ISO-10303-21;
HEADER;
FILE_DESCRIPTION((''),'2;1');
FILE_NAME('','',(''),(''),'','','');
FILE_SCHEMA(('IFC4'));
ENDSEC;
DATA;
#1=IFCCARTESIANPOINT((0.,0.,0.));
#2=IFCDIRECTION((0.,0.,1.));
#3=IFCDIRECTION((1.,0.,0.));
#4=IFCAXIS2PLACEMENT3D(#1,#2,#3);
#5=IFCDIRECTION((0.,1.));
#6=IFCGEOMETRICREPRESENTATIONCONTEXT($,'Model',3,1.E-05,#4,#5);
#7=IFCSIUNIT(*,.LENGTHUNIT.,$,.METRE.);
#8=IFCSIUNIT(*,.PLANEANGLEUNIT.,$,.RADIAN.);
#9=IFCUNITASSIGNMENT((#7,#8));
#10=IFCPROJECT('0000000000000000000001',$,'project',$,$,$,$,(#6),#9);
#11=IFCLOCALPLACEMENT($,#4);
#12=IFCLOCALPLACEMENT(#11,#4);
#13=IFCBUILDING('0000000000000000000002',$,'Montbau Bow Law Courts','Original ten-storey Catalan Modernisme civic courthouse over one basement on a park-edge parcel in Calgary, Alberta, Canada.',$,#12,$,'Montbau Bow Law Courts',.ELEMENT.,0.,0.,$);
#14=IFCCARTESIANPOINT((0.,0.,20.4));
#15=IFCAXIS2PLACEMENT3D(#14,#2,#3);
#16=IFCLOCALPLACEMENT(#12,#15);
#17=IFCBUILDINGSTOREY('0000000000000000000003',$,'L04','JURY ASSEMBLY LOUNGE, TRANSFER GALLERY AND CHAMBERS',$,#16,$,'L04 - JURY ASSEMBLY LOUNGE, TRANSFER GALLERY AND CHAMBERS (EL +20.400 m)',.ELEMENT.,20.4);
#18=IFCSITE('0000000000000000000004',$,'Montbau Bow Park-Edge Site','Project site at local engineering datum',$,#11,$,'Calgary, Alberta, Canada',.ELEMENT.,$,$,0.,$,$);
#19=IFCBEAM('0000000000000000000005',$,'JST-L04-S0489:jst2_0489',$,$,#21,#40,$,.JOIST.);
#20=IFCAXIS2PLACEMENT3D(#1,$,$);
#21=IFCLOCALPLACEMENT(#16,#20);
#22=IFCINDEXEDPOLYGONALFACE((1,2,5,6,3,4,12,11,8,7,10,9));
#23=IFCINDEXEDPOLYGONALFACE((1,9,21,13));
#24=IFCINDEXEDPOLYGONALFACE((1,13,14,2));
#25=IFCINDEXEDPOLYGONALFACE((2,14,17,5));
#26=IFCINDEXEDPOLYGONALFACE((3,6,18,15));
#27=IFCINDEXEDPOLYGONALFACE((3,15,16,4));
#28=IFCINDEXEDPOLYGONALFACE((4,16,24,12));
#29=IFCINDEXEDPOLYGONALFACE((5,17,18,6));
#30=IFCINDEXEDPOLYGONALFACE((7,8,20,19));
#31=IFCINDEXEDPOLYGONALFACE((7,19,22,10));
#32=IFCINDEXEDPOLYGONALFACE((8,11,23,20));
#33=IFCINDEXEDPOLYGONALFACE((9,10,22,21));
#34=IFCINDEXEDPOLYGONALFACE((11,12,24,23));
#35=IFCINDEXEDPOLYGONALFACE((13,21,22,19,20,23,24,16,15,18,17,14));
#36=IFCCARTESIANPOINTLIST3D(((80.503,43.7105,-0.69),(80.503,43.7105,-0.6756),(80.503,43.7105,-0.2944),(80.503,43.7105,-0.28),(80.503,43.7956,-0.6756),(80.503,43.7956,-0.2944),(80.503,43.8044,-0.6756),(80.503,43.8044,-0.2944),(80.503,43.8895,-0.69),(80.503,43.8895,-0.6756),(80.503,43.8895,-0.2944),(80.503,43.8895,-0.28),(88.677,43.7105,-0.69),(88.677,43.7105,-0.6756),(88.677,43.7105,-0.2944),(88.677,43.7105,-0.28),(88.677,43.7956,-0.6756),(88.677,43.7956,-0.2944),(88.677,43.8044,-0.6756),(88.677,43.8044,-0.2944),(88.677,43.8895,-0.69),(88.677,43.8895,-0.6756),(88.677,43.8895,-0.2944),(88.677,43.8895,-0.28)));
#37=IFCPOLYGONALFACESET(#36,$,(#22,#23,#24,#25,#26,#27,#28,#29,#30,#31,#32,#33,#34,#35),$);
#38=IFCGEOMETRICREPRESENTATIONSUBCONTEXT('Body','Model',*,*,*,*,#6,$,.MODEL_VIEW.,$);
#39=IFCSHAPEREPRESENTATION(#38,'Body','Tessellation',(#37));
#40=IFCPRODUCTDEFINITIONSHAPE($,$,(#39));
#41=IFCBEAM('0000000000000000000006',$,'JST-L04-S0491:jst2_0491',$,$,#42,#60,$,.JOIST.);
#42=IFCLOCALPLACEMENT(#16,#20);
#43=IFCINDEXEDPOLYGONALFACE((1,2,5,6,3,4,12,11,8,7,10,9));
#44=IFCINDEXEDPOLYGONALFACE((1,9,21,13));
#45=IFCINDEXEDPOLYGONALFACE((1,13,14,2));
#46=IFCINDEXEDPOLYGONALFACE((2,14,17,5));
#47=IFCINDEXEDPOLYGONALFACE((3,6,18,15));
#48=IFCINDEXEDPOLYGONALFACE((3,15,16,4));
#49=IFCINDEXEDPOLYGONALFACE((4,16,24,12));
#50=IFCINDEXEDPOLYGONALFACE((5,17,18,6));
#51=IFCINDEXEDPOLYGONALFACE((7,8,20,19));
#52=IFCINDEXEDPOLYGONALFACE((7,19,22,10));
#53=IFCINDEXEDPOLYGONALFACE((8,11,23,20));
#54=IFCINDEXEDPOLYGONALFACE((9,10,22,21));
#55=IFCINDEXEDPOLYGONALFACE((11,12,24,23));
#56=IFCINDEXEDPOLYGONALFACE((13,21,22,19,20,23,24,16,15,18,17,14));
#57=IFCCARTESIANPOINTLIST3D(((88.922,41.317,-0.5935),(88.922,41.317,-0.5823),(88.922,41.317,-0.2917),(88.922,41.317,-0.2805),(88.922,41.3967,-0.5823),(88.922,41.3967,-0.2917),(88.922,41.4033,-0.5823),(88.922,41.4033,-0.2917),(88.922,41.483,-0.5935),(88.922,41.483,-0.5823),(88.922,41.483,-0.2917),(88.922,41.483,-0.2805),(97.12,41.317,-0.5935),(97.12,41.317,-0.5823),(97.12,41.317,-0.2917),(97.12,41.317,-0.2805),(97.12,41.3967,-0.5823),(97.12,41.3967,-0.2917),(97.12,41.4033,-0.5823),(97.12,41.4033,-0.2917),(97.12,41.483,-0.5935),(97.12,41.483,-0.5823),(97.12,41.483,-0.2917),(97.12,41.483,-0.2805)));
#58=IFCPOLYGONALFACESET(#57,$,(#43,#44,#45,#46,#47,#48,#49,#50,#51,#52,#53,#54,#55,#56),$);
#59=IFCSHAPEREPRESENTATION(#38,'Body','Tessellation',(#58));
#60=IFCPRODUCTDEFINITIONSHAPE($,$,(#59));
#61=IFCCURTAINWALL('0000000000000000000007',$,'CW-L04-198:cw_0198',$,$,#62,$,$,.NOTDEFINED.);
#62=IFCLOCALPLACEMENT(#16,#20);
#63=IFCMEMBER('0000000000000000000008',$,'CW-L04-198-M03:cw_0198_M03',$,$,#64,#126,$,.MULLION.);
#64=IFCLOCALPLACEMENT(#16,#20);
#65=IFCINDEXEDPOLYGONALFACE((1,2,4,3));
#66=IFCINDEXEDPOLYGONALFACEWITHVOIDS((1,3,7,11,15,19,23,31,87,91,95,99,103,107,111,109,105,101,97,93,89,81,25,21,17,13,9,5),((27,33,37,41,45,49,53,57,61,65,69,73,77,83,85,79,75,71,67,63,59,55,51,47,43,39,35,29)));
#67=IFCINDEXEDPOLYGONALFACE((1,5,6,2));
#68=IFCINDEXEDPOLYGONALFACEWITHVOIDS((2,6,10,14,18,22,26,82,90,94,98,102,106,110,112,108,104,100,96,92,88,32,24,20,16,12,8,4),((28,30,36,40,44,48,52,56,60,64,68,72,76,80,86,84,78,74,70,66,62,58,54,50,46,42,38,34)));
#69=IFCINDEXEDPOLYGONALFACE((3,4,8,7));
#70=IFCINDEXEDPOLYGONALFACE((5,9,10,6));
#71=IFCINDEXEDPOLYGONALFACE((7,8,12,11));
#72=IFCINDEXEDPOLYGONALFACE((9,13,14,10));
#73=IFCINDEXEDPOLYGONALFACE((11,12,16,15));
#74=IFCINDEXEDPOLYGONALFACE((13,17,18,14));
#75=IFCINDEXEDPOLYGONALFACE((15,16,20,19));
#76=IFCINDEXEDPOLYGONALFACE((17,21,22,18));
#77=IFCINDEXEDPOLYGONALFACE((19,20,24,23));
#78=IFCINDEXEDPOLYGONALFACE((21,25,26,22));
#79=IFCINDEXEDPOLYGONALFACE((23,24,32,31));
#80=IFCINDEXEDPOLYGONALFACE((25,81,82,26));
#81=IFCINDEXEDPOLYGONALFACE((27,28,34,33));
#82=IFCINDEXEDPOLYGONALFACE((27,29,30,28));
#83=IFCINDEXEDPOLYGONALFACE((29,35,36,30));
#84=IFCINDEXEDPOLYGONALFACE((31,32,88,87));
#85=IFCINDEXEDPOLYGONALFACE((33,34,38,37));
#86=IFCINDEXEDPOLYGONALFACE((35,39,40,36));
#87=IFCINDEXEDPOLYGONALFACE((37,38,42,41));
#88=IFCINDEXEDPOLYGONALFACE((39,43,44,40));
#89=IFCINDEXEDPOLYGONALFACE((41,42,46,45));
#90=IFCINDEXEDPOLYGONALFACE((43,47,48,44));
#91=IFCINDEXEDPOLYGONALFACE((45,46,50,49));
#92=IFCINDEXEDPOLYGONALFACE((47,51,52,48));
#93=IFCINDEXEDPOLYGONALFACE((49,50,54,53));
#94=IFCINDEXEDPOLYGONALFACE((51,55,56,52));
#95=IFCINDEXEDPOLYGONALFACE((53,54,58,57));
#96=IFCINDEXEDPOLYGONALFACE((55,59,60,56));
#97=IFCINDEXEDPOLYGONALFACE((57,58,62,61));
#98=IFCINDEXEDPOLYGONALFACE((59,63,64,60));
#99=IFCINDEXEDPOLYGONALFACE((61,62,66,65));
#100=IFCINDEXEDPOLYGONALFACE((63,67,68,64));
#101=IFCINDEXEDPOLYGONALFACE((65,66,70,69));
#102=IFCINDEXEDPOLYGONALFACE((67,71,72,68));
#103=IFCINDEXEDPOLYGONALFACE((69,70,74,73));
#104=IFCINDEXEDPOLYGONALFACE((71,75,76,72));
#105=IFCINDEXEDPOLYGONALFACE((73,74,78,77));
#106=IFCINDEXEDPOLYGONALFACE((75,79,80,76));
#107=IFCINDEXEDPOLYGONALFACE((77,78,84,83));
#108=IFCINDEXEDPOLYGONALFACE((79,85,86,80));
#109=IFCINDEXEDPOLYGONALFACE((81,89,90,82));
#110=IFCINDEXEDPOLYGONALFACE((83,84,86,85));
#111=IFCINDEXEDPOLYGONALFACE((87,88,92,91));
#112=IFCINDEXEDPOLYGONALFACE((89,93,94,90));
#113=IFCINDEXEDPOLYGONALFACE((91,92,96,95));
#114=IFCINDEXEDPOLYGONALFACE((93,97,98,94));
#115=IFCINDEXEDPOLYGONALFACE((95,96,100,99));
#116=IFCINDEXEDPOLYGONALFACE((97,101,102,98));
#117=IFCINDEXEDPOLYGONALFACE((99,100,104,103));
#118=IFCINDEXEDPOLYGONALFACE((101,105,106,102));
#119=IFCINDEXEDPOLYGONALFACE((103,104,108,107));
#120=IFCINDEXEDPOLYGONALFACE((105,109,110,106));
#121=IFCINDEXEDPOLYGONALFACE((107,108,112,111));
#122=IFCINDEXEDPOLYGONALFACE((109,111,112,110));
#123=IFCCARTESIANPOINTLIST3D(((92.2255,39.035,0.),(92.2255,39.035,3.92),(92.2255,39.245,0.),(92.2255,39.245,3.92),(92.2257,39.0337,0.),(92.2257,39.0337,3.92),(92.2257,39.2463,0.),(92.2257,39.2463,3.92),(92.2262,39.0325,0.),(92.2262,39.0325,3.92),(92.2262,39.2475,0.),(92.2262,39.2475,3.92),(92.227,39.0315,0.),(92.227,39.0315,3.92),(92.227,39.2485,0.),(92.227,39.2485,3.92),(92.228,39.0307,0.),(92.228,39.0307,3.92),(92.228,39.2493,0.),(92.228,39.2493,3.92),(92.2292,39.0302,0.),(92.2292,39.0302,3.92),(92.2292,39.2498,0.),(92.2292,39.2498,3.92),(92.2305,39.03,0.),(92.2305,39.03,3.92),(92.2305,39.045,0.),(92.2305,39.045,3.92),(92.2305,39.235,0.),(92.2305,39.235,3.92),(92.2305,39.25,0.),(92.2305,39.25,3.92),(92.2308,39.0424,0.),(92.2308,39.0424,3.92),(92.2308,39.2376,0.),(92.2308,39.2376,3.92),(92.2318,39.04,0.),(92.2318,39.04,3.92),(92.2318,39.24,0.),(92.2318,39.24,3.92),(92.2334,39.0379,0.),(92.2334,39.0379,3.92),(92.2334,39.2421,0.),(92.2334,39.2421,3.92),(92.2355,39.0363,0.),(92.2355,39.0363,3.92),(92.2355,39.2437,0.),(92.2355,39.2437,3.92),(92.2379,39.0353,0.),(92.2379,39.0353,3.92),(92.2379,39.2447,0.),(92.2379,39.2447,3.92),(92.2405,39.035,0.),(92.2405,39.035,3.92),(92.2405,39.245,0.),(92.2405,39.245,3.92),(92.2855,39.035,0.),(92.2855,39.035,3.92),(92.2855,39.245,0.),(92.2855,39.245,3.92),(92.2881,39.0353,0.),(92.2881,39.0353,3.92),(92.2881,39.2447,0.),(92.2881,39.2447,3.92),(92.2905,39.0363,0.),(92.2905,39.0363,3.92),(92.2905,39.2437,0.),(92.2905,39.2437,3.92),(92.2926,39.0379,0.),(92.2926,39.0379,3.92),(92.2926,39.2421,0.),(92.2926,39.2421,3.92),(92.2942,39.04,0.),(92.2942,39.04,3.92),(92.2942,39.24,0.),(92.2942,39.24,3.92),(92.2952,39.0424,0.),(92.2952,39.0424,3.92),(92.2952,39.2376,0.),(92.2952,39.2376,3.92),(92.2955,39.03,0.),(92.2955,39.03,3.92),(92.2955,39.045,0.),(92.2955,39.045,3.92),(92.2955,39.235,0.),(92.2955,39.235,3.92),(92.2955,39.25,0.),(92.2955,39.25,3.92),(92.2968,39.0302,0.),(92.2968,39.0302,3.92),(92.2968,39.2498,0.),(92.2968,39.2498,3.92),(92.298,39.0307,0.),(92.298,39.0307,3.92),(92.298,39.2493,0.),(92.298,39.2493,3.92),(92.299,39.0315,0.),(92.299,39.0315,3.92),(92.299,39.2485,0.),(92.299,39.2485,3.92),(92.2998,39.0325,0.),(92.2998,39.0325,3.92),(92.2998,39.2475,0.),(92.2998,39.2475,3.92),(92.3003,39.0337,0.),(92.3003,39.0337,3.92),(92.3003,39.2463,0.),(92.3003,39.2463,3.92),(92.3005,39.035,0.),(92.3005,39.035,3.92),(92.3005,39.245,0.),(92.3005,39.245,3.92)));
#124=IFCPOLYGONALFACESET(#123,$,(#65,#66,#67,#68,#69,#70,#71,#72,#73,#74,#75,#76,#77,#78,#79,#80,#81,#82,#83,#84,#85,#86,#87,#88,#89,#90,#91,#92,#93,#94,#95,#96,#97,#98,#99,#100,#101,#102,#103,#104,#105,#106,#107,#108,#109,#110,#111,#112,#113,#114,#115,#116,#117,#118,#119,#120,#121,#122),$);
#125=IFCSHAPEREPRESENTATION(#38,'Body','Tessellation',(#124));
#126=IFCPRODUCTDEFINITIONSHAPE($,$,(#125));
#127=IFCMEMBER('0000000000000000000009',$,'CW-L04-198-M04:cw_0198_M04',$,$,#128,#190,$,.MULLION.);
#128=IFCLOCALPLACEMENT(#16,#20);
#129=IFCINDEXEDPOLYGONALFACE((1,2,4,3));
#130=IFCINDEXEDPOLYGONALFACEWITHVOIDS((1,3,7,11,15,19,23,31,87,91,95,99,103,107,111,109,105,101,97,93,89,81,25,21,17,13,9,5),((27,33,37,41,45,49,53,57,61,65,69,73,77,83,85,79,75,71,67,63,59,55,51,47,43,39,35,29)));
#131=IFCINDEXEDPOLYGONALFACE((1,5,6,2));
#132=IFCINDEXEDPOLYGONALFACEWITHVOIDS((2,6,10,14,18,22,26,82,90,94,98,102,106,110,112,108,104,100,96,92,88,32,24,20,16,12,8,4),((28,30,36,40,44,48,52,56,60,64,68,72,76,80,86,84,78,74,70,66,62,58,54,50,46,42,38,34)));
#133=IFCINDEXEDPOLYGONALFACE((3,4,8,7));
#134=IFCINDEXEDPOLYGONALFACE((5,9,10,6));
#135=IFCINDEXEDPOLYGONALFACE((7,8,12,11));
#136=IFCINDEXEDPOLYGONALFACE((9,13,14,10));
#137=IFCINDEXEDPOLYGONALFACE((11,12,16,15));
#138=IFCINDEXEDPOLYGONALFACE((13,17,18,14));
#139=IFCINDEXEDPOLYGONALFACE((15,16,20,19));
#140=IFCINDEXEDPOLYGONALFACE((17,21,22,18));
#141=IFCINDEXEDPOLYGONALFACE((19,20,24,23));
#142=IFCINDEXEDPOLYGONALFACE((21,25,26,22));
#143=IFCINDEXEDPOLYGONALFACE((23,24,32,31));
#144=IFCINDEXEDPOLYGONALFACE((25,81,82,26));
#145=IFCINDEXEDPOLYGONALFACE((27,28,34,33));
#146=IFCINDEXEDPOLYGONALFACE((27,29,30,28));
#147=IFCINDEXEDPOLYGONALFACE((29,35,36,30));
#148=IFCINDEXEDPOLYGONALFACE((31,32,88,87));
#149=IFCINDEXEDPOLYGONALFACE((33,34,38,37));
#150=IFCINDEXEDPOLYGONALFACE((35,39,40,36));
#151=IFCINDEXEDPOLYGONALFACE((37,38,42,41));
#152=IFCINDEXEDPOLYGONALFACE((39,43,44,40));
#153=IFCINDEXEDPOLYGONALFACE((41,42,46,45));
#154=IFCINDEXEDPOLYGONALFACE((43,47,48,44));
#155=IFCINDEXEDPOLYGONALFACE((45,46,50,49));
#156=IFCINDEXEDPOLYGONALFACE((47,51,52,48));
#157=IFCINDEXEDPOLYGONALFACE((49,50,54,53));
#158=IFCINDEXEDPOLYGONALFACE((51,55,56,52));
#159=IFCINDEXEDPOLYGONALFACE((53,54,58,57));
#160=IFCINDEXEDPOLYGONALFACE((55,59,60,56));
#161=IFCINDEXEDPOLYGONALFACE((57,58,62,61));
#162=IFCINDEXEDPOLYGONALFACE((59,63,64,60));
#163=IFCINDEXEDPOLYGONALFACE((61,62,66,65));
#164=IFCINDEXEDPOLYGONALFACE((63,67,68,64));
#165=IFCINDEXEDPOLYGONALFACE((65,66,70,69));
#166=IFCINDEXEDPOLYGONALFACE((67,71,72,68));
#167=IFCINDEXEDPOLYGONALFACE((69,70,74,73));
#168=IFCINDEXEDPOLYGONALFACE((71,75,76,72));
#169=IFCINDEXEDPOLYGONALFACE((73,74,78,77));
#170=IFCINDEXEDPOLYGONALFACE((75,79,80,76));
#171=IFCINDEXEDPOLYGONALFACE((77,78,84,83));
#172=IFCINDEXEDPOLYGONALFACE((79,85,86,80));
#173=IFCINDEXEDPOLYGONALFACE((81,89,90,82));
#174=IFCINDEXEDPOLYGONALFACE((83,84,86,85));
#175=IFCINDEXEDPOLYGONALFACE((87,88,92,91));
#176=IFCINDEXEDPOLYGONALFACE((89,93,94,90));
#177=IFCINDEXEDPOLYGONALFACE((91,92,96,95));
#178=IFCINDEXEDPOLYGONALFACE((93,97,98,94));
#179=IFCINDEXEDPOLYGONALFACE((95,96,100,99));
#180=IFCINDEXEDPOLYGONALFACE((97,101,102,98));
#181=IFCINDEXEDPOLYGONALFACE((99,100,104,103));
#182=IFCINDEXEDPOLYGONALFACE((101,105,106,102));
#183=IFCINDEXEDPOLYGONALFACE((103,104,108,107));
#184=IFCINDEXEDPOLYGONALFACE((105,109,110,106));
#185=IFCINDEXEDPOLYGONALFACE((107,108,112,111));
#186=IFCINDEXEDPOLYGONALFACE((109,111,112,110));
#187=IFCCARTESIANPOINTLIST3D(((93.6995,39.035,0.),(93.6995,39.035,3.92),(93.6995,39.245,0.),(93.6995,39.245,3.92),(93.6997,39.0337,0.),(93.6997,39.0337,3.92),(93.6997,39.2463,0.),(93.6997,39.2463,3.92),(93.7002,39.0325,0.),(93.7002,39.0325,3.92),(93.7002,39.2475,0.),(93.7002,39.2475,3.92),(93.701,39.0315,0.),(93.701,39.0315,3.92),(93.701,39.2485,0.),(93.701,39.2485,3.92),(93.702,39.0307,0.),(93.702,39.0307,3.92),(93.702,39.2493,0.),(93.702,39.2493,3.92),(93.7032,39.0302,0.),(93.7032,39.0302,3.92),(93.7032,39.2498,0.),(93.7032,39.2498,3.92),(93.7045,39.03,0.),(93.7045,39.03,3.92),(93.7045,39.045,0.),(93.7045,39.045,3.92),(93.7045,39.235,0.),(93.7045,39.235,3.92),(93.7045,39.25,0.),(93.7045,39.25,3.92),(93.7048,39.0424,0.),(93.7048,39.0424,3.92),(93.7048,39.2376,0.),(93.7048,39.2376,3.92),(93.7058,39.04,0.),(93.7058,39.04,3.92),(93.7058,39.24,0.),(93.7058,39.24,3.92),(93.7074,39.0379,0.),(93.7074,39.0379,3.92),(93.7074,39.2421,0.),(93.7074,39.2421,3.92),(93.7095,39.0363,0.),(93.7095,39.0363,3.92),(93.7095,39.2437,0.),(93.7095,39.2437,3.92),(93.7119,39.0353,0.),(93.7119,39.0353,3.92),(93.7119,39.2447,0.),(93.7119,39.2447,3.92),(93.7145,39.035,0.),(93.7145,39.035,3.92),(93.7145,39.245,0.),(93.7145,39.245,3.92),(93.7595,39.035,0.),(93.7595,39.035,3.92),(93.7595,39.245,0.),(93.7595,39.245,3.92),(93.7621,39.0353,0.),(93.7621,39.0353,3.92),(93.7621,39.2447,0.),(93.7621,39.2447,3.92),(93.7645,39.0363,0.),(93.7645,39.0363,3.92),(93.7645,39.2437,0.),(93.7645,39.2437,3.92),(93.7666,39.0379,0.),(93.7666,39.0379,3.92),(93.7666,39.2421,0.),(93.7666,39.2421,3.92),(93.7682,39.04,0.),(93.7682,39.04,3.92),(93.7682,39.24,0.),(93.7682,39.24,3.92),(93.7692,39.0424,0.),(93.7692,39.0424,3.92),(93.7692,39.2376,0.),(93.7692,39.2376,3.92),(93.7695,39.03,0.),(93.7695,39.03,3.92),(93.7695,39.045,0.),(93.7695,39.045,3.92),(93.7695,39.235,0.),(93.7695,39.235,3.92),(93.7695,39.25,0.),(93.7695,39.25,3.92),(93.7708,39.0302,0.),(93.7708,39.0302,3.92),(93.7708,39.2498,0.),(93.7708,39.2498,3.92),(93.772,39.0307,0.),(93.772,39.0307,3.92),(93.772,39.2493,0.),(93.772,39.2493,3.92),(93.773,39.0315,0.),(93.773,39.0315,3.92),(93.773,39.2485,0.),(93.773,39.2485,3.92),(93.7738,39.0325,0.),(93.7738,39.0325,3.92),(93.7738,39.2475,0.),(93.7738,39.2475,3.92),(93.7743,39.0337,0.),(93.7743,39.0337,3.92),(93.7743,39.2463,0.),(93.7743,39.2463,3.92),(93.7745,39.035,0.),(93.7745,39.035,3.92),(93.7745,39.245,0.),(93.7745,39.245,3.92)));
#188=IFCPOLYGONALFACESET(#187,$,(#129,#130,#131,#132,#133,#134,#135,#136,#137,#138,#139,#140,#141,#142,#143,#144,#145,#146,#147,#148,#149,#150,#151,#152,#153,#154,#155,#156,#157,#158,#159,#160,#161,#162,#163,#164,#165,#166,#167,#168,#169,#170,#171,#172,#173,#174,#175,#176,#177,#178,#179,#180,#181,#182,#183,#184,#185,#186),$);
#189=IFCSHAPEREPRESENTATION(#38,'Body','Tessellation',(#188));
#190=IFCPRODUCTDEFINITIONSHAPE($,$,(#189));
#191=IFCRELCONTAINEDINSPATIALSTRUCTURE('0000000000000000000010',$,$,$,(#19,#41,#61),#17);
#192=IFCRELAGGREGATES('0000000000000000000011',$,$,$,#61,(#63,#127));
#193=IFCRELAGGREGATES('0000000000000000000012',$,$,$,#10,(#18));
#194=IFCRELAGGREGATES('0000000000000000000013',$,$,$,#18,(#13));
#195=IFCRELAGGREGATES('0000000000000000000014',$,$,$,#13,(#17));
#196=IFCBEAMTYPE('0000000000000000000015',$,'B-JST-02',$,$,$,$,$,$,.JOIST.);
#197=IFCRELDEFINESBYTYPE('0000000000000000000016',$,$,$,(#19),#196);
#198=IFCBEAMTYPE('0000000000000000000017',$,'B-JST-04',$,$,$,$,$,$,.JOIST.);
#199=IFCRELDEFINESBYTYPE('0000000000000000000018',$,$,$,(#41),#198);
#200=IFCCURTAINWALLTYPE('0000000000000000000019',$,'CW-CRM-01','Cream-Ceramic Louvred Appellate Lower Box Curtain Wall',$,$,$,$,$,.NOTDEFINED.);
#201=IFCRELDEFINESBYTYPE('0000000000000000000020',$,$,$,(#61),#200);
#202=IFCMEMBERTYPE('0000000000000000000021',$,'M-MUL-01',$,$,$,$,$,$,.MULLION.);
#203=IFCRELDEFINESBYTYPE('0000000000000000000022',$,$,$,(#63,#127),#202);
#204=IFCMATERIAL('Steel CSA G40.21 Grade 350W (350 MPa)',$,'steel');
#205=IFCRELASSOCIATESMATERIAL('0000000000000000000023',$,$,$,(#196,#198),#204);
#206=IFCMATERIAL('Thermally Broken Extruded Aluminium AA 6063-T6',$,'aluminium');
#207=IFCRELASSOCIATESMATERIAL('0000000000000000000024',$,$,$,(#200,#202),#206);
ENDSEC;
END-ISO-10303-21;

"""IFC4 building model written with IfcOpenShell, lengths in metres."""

from ifc_helpers import new_model, si_unit, direction, frame, origin_with_axes, origin_2d_with_axis, place, context, subcontext, project, spatial, hollow_rectangle, i_section, extrude, material, material_profile, profile_set, type_object, element, aggregate, save


model = new_model("IFC4")

# Units and contexts
model_context = context("Model", 3, precision=1e-05, world=origin_with_axes(), true_north=direction((0.0, 1.0)))
body_context = subcontext(model_context, "Body", "Model", "MODEL_VIEW")
ifc_project = project(units=[si_unit("LENGTHUNIT", "METRE"), si_unit("PLANEANGLEUNIT", "RADIAN")], contexts=[model_context])

# Site, building, storey
site_placement = place(None, origin_with_axes())
site = spatial("IfcSite", under=ifc_project, at=site_placement, Name="Montbau Bow Park-Edge Site", Description="Project site at local engineering datum", LongName="Calgary, Alberta, Canada", CompositionType="ELEMENT", RefElevation=0.0)
building_placement = place(site_placement, origin_with_axes())
building = spatial("IfcBuilding", under=site, at=building_placement, Name="Montbau Bow Law Courts", Description="Original ten-storey Catalan Modernisme civic courthouse over one basement on a park-edge parcel in Calgary, Alberta, Canada.", LongName="Montbau Bow Law Courts", CompositionType="ELEMENT", ElevationOfRefHeight=0.0, ElevationOfTerrain=0.0)
storey_placement = place(building_placement, frame((0.0, 0.0, 20.4), z_axis=(0.0, 0.0, 1.0), x_axis=(1.0, 0.0, 0.0)))
storey = spatial("IfcBuildingStorey", under=building, at=storey_placement, Name="L04", Description="JURY ASSEMBLY LOUNGE, TRANSFER GALLERY AND CHAMBERS", LongName="L04 - JURY ASSEMBLY LOUNGE, TRANSFER GALLERY AND CHAMBERS (EL +20.400 m)", CompositionType="ELEMENT", Elevation=20.4)

# Shared definitions
ifc_material_1 = material(Name="Steel CSA G40.21 Grade 350W (350 MPa)", Category="steel")

# Beams
ifc_material_profile_1 = material_profile(ifc_material_1, i_section(OverallWidth=0.179, OverallDepth=0.41, WebThickness=0.0088, FlangeThickness=0.0144, at=origin_2d_with_axis()), Name="W410X67", Category="Main", Priority=0)
ifc_profile_set_1 = profile_set([ifc_material_profile_1], Name="Steel CSA G40.21 Grade 350W (350 MPa)")
beam_type_1 = type_object("IfcBeamType", Name="B-JST-02", PredefinedType="JOIST", material=ifc_profile_set_1)
beam_1_placement = place(None, frame((80.503, 43.8, 19.915), z_axis=(1.0, 0.0, 0.0), x_axis=(0.0, 1.0, 0.0)))
element("IfcBeam", 1, at=beam_1_placement, inside=storey, type_object=beam_type_1, Name="JST-L04-S0489:jst2_0489", PredefinedType="JOIST", context=body_context, shape_type="SweptSolid", body=[
    extrude(i_section(OverallWidth=0.179, OverallDepth=0.41, WebThickness=0.0088, FlangeThickness=0.0144, at=origin_2d_with_axis()), origin_with_axes(), (0.0, 0.0, 1.0), 8.174),
])
ifc_material_profile_2 = material_profile(ifc_material_1, i_section(OverallWidth=0.166, OverallDepth=0.313, WebThickness=0.0066, FlangeThickness=0.0112, at=origin_2d_with_axis()), Name="W310X45", Category="Main", Priority=0)
ifc_profile_set_2 = profile_set([ifc_material_profile_2], Name="Steel CSA G40.21 Grade 350W (350 MPa)")
beam_type_2 = type_object("IfcBeamType", Name="B-JST-04", PredefinedType="JOIST", material=ifc_profile_set_2)
beam_2_placement = place(None, frame((88.922, 41.4, 19.963), z_axis=(1.0, 0.0, 0.0), x_axis=(0.0, 1.0, 0.0)))
element("IfcBeam", 2, at=beam_2_placement, inside=storey, type_object=beam_type_2, Name="JST-L04-S0491:jst2_0491", PredefinedType="JOIST", context=body_context, shape_type="SweptSolid", body=[
    extrude(i_section(OverallWidth=0.166, OverallDepth=0.313, WebThickness=0.0066, FlangeThickness=0.0112, at=origin_2d_with_axis()), origin_with_axes(), (0.0, 0.0, 1.0), 8.198),
])

# Curtain wall, members
ifc_material_2 = material(Name="Thermally Broken Extruded Aluminium AA 6063-T6", Category="aluminium")
curtain_wall_type = type_object("IfcCurtainWallType", Name="CW-CRM-01", Description="Cream-Ceramic Louvred Appellate Lower Box Curtain Wall", PredefinedType="NOTDEFINED", material=ifc_material_2)
curtain_wall_placement = place(None, frame((89.315, 39.14, 20.4), z_axis=(0.0, 0.0, 1.0), x_axis=(1.0, 0.0, 0.0)))
curtain_wall = element("IfcCurtainWall", 3, at=curtain_wall_placement, inside=storey, type_object=curtain_wall_type, Name="CW-L04-198:cw_0198", PredefinedType="NOTDEFINED")
ifc_material_profile_3 = material_profile(ifc_material_2, hollow_rectangle(XDim=0.075, YDim=0.22, WallThickness=0.005, InnerFilletRadius=0.01, OuterFilletRadius=0.005, at=origin_2d_with_axis()), Name="CWM-220X75", Category="Main", Priority=0)
ifc_profile_set_3 = profile_set([ifc_material_profile_3], Name="Thermally Broken Extruded Aluminium AA 6063-T6")
member_type_1 = type_object("IfcMemberType", Name="M-MUL-01", PredefinedType="MULLION", material=ifc_profile_set_3)
member_1_placement = place(None, frame((92.263, 39.14, 20.4), z_axis=(0.0, 0.0, 1.0), x_axis=(1.0, 0.0, 0.0)))
member_1 = element("IfcMember", 4, at=member_1_placement, type_object=member_type_1, Name="CW-L04-198-M03:cw_0198_M03", PredefinedType="MULLION", context=body_context, shape_type="SweptSolid", body=[
    extrude(hollow_rectangle(XDim=0.075, YDim=0.22, WallThickness=0.005, InnerFilletRadius=0.01, OuterFilletRadius=0.005, at=origin_2d_with_axis()), origin_with_axes(), (0.0, 0.0, 1.0), 3.92),
])
member_2_placement = place(None, frame((93.737, 39.14, 20.4), z_axis=(0.0, 0.0, 1.0), x_axis=(1.0, 0.0, 0.0)))
member_2 = element("IfcMember", 5, at=member_2_placement, type_object=member_type_1, Name="CW-L04-198-M04:cw_0198_M04", PredefinedType="MULLION", context=body_context, shape_type="SweptSolid", body=[
    extrude(hollow_rectangle(XDim=0.075, YDim=0.22, WallThickness=0.005, InnerFilletRadius=0.01, OuterFilletRadius=0.005, at=origin_2d_with_axis()), origin_with_axes(), (0.0, 0.0, 1.0), 3.92),
])
aggregate(curtain_wall, [member_1, member_2])

save(model, "model.ifc")
